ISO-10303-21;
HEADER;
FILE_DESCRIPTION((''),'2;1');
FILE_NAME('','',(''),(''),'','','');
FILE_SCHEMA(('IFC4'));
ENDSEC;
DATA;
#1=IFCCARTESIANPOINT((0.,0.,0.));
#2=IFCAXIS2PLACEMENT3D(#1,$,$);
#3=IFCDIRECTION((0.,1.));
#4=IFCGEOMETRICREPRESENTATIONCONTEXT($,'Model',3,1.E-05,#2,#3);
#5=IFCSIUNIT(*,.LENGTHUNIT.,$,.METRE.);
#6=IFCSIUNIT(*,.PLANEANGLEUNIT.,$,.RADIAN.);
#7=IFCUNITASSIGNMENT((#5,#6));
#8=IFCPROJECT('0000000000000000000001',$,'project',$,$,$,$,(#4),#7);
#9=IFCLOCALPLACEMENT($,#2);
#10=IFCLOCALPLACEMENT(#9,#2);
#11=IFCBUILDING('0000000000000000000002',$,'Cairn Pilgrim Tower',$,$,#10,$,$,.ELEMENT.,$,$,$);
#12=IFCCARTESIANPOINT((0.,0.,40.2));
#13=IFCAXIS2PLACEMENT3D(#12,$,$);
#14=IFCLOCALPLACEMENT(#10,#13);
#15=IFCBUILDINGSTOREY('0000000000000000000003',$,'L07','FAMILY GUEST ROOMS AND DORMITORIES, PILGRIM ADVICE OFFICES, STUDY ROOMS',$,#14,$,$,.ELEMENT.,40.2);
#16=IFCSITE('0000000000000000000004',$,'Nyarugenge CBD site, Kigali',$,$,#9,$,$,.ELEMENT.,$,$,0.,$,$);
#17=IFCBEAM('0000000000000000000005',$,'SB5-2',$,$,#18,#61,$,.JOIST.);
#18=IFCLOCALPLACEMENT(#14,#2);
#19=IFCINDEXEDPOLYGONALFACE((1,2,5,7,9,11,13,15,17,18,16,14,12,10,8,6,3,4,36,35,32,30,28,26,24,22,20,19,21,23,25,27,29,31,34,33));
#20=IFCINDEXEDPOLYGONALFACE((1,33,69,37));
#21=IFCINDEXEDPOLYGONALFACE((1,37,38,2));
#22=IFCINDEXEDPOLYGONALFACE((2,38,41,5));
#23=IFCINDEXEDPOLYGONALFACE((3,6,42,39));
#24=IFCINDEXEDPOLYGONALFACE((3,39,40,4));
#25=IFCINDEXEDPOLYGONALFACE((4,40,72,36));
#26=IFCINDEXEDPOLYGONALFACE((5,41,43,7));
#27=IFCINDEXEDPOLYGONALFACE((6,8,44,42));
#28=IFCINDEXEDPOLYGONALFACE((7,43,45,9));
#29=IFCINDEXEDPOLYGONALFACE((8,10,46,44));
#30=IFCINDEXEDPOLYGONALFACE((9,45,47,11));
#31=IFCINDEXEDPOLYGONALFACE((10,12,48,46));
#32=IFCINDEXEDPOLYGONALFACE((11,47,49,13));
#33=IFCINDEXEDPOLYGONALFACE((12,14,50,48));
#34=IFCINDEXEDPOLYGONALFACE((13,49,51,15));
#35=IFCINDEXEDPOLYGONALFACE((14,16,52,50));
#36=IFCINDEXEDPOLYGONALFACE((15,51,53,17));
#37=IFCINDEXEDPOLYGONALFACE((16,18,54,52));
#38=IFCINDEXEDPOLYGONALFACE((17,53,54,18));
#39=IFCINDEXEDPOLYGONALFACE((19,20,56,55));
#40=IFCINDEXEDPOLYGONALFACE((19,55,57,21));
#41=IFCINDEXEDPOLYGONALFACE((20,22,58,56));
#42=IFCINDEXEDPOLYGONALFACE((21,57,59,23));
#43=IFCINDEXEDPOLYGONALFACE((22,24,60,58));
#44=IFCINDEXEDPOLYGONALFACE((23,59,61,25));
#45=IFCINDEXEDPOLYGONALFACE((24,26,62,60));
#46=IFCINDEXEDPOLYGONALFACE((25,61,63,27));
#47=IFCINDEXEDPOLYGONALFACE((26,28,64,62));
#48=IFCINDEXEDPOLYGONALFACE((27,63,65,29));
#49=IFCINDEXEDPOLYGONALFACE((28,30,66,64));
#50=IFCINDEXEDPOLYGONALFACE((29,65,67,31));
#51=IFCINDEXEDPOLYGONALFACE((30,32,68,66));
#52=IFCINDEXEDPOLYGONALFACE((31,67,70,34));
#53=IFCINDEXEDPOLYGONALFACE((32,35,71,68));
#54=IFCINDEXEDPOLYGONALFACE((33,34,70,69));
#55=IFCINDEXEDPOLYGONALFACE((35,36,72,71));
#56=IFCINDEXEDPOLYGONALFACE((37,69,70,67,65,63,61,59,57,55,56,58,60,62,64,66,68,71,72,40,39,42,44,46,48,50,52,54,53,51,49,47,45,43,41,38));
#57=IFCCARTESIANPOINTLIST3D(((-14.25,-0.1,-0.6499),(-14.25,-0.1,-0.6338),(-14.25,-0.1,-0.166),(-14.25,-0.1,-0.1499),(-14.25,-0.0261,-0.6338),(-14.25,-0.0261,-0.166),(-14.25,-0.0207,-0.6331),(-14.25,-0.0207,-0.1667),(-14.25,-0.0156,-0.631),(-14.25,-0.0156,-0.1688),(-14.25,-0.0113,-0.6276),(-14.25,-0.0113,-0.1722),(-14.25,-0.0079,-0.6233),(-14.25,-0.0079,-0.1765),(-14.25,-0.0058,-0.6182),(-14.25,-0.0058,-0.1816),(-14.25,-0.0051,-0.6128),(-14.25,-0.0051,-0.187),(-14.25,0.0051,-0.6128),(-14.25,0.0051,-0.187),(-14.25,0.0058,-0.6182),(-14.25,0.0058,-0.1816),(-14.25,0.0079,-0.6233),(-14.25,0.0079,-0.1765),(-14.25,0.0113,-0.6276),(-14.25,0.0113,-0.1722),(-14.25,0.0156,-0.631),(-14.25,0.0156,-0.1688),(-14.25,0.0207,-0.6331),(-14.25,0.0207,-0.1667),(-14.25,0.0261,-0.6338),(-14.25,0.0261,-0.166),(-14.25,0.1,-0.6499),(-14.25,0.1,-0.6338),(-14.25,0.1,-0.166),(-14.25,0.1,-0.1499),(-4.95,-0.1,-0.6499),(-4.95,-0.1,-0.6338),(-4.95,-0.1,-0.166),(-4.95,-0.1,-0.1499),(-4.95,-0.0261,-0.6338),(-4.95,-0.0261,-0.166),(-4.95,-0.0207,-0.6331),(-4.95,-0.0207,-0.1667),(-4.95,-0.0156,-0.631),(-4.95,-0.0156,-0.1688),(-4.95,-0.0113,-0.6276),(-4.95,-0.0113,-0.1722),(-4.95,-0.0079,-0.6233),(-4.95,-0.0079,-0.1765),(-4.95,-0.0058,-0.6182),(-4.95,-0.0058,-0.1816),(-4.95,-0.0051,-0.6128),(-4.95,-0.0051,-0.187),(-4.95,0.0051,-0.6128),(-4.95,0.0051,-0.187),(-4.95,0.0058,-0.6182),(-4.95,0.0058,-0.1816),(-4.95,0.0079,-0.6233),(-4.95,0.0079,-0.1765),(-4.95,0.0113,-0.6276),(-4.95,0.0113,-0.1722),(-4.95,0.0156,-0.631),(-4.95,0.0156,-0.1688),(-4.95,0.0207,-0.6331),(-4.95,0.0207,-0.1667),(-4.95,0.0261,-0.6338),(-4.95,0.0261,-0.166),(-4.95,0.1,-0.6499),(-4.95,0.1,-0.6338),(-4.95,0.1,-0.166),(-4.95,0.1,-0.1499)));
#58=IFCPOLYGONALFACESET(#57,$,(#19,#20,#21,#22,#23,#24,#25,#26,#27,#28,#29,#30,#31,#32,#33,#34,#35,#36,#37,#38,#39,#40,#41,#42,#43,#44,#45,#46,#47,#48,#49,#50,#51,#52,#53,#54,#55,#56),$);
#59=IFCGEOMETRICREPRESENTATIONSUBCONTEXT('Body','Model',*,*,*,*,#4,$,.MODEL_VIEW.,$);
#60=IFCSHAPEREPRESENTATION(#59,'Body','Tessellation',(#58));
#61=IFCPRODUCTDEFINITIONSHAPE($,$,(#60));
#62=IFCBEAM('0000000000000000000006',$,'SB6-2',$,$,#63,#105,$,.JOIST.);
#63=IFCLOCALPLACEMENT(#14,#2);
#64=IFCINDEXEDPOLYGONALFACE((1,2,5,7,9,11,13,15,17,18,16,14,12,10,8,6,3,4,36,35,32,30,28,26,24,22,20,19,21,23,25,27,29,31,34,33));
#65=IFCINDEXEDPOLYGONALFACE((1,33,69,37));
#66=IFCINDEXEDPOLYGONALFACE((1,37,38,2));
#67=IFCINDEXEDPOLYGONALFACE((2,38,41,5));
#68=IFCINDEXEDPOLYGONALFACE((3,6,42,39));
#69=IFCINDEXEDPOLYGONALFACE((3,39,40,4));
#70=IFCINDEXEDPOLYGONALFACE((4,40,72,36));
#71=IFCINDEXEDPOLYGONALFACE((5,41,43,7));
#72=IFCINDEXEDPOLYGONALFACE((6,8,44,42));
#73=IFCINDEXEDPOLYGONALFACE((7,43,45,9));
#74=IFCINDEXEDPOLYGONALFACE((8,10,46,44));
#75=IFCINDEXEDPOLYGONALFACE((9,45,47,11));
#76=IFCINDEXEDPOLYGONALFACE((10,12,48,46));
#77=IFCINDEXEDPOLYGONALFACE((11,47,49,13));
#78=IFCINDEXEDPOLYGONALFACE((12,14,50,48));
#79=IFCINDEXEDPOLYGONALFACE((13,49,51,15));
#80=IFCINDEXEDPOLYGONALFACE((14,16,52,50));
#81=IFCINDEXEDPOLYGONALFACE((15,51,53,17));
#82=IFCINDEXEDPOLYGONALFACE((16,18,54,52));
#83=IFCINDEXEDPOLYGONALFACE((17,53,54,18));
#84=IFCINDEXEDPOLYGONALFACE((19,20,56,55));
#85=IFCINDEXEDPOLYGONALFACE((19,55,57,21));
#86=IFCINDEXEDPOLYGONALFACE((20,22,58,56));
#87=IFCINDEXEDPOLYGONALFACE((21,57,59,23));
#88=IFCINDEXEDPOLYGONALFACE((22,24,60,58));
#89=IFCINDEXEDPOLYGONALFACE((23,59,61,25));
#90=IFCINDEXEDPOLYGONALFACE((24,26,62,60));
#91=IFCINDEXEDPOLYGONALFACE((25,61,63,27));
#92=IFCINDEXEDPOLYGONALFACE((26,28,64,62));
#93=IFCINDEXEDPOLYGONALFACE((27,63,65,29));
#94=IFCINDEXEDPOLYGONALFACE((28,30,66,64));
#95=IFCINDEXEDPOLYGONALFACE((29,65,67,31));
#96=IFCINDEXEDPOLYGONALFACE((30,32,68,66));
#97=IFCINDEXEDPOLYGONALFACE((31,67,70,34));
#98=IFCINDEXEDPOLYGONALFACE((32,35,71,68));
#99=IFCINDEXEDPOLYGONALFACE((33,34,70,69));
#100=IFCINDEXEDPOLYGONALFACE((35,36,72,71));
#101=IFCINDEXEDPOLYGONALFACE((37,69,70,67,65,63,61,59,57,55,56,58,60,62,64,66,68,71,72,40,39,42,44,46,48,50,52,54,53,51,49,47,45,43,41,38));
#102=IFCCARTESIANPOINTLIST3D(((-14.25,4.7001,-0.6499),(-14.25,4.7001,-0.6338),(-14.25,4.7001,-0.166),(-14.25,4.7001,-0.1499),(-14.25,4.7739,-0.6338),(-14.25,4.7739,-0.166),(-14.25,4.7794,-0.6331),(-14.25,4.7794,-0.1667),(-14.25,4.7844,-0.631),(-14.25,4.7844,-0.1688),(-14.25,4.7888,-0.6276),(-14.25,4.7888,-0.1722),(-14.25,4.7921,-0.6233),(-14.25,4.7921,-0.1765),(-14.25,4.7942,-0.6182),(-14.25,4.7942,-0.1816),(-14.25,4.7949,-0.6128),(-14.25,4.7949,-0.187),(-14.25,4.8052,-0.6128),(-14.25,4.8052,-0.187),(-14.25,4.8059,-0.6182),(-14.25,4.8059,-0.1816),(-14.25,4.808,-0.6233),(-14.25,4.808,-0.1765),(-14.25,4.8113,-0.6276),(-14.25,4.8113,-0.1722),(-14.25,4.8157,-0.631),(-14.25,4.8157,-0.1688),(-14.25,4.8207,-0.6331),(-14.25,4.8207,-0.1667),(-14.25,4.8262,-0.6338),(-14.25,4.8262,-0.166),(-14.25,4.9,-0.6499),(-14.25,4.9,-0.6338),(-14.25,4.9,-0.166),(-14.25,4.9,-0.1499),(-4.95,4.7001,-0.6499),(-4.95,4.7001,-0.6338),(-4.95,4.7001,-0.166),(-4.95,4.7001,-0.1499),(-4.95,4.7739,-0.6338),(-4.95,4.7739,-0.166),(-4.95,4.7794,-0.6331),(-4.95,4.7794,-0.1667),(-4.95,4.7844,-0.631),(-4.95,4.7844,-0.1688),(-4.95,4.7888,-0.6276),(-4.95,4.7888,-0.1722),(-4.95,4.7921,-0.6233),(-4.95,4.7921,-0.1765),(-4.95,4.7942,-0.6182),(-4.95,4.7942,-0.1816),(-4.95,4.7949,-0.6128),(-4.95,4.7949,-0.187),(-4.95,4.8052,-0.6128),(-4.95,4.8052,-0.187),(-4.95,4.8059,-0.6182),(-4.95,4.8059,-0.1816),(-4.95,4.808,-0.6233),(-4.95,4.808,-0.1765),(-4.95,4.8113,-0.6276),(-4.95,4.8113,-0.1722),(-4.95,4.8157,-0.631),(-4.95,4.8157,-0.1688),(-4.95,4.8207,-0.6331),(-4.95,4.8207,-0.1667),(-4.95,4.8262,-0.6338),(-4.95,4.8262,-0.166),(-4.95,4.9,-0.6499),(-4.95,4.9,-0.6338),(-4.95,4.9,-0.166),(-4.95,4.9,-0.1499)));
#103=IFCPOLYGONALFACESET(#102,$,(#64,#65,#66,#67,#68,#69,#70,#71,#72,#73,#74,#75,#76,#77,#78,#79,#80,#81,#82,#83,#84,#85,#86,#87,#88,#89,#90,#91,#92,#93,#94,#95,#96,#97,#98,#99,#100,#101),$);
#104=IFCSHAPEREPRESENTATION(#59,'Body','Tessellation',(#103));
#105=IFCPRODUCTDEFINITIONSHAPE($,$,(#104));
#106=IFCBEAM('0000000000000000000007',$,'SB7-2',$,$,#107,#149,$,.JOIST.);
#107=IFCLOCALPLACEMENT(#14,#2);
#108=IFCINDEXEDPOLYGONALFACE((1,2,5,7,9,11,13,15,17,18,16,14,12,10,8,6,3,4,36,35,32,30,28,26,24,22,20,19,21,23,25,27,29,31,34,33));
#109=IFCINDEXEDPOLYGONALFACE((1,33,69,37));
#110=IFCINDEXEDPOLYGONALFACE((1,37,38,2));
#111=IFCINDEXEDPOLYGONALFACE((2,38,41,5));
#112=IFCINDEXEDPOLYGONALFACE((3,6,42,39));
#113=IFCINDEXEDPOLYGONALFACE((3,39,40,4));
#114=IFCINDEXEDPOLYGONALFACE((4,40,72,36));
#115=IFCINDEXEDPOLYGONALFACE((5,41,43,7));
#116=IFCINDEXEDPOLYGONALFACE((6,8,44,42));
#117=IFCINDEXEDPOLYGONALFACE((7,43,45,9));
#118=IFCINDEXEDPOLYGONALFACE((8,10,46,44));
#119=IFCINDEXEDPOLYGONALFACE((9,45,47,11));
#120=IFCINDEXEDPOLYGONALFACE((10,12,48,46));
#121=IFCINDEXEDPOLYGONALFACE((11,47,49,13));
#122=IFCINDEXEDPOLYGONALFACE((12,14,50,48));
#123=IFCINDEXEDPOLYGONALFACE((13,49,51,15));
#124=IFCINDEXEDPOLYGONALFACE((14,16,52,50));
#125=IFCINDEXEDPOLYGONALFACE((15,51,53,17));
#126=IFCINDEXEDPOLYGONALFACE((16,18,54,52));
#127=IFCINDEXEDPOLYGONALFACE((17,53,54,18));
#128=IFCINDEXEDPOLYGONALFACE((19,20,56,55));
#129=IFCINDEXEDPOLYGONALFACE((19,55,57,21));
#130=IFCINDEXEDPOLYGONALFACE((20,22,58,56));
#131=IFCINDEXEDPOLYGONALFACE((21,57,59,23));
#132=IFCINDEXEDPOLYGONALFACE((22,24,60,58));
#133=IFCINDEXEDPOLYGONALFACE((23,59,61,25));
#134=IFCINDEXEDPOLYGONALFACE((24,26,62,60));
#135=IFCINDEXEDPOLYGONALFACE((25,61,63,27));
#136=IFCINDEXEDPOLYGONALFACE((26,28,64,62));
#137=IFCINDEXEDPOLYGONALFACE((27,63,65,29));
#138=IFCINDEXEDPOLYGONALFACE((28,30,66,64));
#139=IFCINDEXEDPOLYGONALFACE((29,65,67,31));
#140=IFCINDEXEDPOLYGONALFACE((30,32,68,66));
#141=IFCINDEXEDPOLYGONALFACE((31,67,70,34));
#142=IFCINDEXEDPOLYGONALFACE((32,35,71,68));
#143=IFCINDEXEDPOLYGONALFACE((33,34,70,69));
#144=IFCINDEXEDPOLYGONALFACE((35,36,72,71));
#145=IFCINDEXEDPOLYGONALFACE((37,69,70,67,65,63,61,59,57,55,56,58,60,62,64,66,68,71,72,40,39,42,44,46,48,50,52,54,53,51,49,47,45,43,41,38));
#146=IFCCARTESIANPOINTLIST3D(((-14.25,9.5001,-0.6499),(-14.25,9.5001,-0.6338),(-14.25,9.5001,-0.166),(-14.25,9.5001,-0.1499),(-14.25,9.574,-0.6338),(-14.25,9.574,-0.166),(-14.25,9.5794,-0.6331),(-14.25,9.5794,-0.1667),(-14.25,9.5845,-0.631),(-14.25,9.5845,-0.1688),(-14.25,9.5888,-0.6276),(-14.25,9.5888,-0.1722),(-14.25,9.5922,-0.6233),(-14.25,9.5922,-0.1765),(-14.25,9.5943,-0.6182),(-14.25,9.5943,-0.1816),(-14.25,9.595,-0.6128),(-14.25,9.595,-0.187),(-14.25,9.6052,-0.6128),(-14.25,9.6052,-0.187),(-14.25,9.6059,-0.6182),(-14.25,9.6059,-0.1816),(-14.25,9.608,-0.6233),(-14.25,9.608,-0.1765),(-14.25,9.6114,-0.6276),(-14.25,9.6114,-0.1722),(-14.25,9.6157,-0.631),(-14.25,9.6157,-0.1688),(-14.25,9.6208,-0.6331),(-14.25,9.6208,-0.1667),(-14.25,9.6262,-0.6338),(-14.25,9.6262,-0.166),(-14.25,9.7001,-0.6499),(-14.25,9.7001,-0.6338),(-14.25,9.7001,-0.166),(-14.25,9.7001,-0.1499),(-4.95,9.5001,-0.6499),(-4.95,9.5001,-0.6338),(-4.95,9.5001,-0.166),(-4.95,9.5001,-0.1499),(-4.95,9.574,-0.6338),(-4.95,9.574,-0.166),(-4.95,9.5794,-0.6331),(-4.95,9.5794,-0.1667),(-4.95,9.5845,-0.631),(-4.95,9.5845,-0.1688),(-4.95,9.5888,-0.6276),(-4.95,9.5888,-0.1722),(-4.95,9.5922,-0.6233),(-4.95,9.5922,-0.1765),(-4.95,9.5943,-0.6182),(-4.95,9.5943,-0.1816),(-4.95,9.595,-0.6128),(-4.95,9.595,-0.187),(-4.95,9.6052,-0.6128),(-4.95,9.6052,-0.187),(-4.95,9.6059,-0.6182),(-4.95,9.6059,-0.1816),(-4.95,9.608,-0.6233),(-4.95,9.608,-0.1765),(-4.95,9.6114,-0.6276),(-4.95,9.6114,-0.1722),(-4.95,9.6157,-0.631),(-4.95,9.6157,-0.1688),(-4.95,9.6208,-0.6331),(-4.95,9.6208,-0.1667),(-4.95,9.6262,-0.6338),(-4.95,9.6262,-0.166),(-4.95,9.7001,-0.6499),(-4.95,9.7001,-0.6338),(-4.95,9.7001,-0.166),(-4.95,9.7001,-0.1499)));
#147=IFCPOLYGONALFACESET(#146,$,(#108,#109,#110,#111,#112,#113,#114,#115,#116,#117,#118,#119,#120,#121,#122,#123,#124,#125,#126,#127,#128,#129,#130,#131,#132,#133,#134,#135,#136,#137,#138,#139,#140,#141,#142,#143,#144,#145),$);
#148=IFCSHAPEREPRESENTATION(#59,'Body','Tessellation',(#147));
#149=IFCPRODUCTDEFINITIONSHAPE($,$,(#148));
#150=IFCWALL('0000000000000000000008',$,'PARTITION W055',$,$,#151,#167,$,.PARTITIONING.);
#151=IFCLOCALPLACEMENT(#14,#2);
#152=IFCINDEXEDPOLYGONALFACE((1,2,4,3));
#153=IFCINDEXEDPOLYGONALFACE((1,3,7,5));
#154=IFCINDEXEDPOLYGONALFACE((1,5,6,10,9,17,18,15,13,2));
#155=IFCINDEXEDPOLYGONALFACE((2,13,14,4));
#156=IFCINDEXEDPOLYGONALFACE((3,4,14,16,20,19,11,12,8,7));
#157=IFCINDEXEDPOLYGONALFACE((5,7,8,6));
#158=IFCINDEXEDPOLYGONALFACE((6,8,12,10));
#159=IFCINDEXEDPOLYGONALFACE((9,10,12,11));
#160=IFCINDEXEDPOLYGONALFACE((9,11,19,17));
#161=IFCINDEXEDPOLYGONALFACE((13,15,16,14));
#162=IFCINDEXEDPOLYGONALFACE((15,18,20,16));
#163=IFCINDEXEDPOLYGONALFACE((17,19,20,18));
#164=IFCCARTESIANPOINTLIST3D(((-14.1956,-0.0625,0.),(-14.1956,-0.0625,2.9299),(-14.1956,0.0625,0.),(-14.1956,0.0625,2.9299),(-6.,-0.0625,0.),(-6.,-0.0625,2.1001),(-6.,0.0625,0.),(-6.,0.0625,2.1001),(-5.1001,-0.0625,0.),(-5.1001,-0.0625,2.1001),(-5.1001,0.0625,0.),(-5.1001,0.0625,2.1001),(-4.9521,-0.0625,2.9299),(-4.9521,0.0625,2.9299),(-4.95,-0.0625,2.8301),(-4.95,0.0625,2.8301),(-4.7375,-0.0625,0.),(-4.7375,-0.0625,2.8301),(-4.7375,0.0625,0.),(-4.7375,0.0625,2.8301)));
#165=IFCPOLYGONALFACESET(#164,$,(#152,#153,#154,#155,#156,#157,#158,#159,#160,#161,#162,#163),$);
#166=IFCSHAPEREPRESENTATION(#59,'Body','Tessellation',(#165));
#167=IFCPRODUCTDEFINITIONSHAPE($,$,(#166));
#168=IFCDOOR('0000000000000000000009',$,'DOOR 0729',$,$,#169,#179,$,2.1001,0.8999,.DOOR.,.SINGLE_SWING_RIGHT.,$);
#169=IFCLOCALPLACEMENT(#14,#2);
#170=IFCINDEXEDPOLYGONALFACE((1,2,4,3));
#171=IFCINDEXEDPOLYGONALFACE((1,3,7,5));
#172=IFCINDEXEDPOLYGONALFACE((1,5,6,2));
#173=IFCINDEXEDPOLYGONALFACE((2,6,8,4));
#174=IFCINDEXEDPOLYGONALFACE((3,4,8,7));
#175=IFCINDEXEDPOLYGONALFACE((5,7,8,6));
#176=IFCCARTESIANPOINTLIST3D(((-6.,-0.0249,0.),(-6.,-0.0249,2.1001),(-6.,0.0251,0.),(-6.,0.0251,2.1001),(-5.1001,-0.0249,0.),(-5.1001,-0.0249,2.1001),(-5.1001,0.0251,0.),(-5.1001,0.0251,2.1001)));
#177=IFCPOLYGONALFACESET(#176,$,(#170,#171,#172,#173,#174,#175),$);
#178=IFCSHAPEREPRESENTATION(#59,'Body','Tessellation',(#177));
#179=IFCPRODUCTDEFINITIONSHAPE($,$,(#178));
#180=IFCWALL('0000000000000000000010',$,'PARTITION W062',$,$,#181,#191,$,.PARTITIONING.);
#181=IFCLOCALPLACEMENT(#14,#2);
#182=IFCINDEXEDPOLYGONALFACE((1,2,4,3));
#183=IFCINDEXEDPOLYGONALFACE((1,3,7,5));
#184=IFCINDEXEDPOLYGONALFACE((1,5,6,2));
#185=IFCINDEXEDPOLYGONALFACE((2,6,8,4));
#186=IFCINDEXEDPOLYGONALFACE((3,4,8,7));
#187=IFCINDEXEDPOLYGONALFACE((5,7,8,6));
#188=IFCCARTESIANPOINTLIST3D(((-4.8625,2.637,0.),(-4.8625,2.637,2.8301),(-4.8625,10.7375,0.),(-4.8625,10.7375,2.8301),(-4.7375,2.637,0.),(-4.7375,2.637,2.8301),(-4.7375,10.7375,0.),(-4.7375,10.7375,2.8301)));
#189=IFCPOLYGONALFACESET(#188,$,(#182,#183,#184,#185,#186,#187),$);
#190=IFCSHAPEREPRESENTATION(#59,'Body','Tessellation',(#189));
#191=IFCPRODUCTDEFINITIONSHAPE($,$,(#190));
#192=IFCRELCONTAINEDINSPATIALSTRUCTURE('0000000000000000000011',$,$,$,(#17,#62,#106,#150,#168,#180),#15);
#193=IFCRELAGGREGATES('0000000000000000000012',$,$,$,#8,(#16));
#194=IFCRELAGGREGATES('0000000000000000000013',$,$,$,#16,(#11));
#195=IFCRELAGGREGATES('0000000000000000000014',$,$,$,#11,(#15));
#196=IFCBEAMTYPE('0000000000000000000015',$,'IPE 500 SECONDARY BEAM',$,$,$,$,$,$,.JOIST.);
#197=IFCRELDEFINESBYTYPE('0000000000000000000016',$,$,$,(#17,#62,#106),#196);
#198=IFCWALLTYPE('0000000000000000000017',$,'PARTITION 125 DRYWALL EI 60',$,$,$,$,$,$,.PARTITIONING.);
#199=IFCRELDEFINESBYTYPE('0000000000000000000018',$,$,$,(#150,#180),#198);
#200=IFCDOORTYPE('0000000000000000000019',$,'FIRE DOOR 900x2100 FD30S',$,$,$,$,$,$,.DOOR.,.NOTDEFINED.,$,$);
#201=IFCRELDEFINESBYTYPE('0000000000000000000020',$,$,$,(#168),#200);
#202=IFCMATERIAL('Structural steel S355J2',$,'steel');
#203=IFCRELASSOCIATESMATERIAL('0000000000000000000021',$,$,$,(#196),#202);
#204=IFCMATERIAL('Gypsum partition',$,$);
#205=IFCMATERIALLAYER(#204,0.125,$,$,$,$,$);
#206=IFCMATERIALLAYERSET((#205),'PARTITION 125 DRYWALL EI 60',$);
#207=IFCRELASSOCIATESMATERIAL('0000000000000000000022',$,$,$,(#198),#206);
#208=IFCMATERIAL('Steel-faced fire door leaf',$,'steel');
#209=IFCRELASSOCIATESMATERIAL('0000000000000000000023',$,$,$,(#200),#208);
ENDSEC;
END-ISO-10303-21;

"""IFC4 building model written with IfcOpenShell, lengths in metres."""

from ifc_helpers import new_model, si_unit, direction, frame, frame_2d, origin, origin_2d, place, context, subcontext, project, spatial, polyline, rectangle, i_section, outline, extrude, material, layer, layer_set, material_profile, profile_set, type_object, element, fill, save


model = new_model("IFC4")

# Units and contexts
model_context = context("Model", 3, precision=1e-05, world=origin(), true_north=direction((0.0, 1.0)))
body_context = subcontext(model_context, "Body", "Model", "MODEL_VIEW")
ifc_project = project(units=[si_unit("LENGTHUNIT", "METRE"), si_unit("PLANEANGLEUNIT", "RADIAN")], contexts=[model_context])

# Site, building, storey
site_placement = place(None, origin())
site = spatial("IfcSite", under=ifc_project, at=site_placement, Name="Nyarugenge CBD site, Kigali", CompositionType="ELEMENT", RefElevation=0.0)
building_placement = place(site_placement, origin())
building = spatial("IfcBuilding", under=site, at=building_placement, Name="Cairn Pilgrim Tower", CompositionType="ELEMENT")
storey_placement = place(building_placement, frame((0.0, 0.0, 40.2)))
storey = spatial("IfcBuildingStorey", under=building, at=storey_placement, Name="L07", Description="FAMILY GUEST ROOMS AND DORMITORIES, PILGRIM ADVICE OFFICES, STUDY ROOMS", CompositionType="ELEMENT", Elevation=40.2)

# Beams
ifc_material_1 = material(Name="Structural steel S355J2", Category="steel")
ifc_material_profile_1 = material_profile(ifc_material_1, i_section(OverallWidth=0.2, OverallDepth=0.5, WebThickness=0.0103, FlangeThickness=0.0161, FilletRadius=0.021, at=origin_2d()), Name="IPE 500")
ifc_profile_set_1 = profile_set([ifc_material_profile_1], Name="Structural steel S355J2")
beam_type_1 = type_object("IfcBeamType", Name="IPE 500 SECONDARY BEAM", PredefinedType="JOIST", material=ifc_profile_set_1)
for number, where, z_axis, x_axis, name in (
    (1, (-14.25, 0.0, -0.3999), (1.0, 0.0, 0.0), (0.0, 1.0, 0.0), "SB5-2"),
    (2, (-14.25, 4.8, -0.3999), (1.0, 0.0, 0.0), (0.0, 1.0, 0.0), "SB6-2"),
    (3, (-14.25, 9.6001, -0.3999), (1.0, 0.0, 0.0), (0.0, 1.0, 0.0), "SB7-2"),
):
    element("IfcBeam", number, at=place(storey_placement, frame(where, z_axis=z_axis, x_axis=x_axis)), inside=storey, type_object=beam_type_1, Name=name, PredefinedType="JOIST", context=body_context, shape_type="SweptSolid", body=[
        extrude(i_section(OverallWidth=0.2, OverallDepth=0.5, WebThickness=0.0103, FlangeThickness=0.0161, FilletRadius=0.021, at=origin_2d()), origin(), (0.0, 0.0, 1.0), 9.3),
    ])

# Wall, opening, door
ifc_material_2 = material(Name="Gypsum partition")
ifc_layer_1 = layer(ifc_material_2, 0.125)
ifc_layer_set_1 = layer_set([ifc_layer_1], Name="PARTITION 125 DRYWALL EI 60")
wall_type_1 = type_object("IfcWallType", Name="PARTITION 125 DRYWALL EI 60", PredefinedType="PARTITIONING", material=ifc_layer_set_1)
wall_1_placement = place(storey_placement, frame((-14.1956, 0.0, 0.0), z_axis=(0.0, 0.0, 1.0), x_axis=(1.0, 0.0, 0.0)))
wall_1 = element("IfcWall", 4, at=wall_1_placement, inside=storey, type_object=wall_type_1, Name="PARTITION W055", PredefinedType="PARTITIONING", context=body_context, shape_type="SweptSolid", body=[
    extrude(outline(polyline([(0.0, 0.0), (9.458, 0.0), (9.458, 2.8301), (9.2456, 2.8301), (9.2434, 2.9299), (0.0, 2.9299), (0.0, 0.0)])), frame((0.0, 0.0625, 0.0), z_axis=(0.0, -1.0, 0.0), x_axis=(1.0, 0.0, 0.0)), (0.0, 0.0, 1.0), 0.125),
])
opening_placement = place(wall_1_placement, frame((8.1956, 0.0, 0.0)))
opening = element("IfcOpeningElement", 5, at=opening_placement, cuts=wall_1, PredefinedType="OPENING", context=body_context, shape_type="SweptSolid", body=[
    extrude(rectangle(XDim=0.8999, YDim=2.1001, at=frame_2d((0.45, 1.05))), frame((0.0, 0.0725, 0.0), z_axis=(0.0, -1.0, 0.0), x_axis=(1.0, 0.0, 0.0)), (0.0, 0.0, 1.0), 0.145),
])
ifc_material_3 = material(Name="Steel-faced fire door leaf", Category="steel")
door_type = type_object("IfcDoorType", Name="FIRE DOOR 900x2100 FD30S", OperationType="NOTDEFINED", PredefinedType="DOOR", material=ifc_material_3)
door_placement = place(opening_placement, frame((0.8999, 0.0, 0.0), z_axis=(0.0, 0.0, 1.0), x_axis=(-1.0, 0.0, 0.0)))
door = element("IfcDoor", 6, at=door_placement, inside=storey, type_object=door_type, Name="DOOR 0729", OperationType="SINGLE_SWING_RIGHT", OverallHeight=2.1001, OverallWidth=0.8999, PredefinedType="DOOR", context=body_context, shape_type="SweptSolid", body=[
    extrude(rectangle(XDim=0.8999, YDim=2.1001, at=frame_2d((0.45, 1.05))), frame((0.0, 0.0249, 0.0), z_axis=(0.0, -1.0, 0.0), x_axis=(1.0, 0.0, 0.0)), (0.0, 0.0, 1.0), 0.05),
])
fill(opening, door)

# Wall
wall_2_placement = place(storey_placement, frame((-4.8, 2.637, 0.0), z_axis=(0.0, 0.0, 1.0), x_axis=(0.0, 1.0, 0.0)))
element("IfcWall", 7, at=wall_2_placement, inside=storey, type_object=wall_type_1, Name="PARTITION W062", PredefinedType="PARTITIONING", context=body_context, shape_type="SweptSolid", body=[
    extrude(rectangle(XDim=8.1006, YDim=0.125, at=frame_2d((4.0503, 0.0))), origin(), (0.0, 0.0, 1.0), 2.8301),
])

save(model, "model.ifc")
